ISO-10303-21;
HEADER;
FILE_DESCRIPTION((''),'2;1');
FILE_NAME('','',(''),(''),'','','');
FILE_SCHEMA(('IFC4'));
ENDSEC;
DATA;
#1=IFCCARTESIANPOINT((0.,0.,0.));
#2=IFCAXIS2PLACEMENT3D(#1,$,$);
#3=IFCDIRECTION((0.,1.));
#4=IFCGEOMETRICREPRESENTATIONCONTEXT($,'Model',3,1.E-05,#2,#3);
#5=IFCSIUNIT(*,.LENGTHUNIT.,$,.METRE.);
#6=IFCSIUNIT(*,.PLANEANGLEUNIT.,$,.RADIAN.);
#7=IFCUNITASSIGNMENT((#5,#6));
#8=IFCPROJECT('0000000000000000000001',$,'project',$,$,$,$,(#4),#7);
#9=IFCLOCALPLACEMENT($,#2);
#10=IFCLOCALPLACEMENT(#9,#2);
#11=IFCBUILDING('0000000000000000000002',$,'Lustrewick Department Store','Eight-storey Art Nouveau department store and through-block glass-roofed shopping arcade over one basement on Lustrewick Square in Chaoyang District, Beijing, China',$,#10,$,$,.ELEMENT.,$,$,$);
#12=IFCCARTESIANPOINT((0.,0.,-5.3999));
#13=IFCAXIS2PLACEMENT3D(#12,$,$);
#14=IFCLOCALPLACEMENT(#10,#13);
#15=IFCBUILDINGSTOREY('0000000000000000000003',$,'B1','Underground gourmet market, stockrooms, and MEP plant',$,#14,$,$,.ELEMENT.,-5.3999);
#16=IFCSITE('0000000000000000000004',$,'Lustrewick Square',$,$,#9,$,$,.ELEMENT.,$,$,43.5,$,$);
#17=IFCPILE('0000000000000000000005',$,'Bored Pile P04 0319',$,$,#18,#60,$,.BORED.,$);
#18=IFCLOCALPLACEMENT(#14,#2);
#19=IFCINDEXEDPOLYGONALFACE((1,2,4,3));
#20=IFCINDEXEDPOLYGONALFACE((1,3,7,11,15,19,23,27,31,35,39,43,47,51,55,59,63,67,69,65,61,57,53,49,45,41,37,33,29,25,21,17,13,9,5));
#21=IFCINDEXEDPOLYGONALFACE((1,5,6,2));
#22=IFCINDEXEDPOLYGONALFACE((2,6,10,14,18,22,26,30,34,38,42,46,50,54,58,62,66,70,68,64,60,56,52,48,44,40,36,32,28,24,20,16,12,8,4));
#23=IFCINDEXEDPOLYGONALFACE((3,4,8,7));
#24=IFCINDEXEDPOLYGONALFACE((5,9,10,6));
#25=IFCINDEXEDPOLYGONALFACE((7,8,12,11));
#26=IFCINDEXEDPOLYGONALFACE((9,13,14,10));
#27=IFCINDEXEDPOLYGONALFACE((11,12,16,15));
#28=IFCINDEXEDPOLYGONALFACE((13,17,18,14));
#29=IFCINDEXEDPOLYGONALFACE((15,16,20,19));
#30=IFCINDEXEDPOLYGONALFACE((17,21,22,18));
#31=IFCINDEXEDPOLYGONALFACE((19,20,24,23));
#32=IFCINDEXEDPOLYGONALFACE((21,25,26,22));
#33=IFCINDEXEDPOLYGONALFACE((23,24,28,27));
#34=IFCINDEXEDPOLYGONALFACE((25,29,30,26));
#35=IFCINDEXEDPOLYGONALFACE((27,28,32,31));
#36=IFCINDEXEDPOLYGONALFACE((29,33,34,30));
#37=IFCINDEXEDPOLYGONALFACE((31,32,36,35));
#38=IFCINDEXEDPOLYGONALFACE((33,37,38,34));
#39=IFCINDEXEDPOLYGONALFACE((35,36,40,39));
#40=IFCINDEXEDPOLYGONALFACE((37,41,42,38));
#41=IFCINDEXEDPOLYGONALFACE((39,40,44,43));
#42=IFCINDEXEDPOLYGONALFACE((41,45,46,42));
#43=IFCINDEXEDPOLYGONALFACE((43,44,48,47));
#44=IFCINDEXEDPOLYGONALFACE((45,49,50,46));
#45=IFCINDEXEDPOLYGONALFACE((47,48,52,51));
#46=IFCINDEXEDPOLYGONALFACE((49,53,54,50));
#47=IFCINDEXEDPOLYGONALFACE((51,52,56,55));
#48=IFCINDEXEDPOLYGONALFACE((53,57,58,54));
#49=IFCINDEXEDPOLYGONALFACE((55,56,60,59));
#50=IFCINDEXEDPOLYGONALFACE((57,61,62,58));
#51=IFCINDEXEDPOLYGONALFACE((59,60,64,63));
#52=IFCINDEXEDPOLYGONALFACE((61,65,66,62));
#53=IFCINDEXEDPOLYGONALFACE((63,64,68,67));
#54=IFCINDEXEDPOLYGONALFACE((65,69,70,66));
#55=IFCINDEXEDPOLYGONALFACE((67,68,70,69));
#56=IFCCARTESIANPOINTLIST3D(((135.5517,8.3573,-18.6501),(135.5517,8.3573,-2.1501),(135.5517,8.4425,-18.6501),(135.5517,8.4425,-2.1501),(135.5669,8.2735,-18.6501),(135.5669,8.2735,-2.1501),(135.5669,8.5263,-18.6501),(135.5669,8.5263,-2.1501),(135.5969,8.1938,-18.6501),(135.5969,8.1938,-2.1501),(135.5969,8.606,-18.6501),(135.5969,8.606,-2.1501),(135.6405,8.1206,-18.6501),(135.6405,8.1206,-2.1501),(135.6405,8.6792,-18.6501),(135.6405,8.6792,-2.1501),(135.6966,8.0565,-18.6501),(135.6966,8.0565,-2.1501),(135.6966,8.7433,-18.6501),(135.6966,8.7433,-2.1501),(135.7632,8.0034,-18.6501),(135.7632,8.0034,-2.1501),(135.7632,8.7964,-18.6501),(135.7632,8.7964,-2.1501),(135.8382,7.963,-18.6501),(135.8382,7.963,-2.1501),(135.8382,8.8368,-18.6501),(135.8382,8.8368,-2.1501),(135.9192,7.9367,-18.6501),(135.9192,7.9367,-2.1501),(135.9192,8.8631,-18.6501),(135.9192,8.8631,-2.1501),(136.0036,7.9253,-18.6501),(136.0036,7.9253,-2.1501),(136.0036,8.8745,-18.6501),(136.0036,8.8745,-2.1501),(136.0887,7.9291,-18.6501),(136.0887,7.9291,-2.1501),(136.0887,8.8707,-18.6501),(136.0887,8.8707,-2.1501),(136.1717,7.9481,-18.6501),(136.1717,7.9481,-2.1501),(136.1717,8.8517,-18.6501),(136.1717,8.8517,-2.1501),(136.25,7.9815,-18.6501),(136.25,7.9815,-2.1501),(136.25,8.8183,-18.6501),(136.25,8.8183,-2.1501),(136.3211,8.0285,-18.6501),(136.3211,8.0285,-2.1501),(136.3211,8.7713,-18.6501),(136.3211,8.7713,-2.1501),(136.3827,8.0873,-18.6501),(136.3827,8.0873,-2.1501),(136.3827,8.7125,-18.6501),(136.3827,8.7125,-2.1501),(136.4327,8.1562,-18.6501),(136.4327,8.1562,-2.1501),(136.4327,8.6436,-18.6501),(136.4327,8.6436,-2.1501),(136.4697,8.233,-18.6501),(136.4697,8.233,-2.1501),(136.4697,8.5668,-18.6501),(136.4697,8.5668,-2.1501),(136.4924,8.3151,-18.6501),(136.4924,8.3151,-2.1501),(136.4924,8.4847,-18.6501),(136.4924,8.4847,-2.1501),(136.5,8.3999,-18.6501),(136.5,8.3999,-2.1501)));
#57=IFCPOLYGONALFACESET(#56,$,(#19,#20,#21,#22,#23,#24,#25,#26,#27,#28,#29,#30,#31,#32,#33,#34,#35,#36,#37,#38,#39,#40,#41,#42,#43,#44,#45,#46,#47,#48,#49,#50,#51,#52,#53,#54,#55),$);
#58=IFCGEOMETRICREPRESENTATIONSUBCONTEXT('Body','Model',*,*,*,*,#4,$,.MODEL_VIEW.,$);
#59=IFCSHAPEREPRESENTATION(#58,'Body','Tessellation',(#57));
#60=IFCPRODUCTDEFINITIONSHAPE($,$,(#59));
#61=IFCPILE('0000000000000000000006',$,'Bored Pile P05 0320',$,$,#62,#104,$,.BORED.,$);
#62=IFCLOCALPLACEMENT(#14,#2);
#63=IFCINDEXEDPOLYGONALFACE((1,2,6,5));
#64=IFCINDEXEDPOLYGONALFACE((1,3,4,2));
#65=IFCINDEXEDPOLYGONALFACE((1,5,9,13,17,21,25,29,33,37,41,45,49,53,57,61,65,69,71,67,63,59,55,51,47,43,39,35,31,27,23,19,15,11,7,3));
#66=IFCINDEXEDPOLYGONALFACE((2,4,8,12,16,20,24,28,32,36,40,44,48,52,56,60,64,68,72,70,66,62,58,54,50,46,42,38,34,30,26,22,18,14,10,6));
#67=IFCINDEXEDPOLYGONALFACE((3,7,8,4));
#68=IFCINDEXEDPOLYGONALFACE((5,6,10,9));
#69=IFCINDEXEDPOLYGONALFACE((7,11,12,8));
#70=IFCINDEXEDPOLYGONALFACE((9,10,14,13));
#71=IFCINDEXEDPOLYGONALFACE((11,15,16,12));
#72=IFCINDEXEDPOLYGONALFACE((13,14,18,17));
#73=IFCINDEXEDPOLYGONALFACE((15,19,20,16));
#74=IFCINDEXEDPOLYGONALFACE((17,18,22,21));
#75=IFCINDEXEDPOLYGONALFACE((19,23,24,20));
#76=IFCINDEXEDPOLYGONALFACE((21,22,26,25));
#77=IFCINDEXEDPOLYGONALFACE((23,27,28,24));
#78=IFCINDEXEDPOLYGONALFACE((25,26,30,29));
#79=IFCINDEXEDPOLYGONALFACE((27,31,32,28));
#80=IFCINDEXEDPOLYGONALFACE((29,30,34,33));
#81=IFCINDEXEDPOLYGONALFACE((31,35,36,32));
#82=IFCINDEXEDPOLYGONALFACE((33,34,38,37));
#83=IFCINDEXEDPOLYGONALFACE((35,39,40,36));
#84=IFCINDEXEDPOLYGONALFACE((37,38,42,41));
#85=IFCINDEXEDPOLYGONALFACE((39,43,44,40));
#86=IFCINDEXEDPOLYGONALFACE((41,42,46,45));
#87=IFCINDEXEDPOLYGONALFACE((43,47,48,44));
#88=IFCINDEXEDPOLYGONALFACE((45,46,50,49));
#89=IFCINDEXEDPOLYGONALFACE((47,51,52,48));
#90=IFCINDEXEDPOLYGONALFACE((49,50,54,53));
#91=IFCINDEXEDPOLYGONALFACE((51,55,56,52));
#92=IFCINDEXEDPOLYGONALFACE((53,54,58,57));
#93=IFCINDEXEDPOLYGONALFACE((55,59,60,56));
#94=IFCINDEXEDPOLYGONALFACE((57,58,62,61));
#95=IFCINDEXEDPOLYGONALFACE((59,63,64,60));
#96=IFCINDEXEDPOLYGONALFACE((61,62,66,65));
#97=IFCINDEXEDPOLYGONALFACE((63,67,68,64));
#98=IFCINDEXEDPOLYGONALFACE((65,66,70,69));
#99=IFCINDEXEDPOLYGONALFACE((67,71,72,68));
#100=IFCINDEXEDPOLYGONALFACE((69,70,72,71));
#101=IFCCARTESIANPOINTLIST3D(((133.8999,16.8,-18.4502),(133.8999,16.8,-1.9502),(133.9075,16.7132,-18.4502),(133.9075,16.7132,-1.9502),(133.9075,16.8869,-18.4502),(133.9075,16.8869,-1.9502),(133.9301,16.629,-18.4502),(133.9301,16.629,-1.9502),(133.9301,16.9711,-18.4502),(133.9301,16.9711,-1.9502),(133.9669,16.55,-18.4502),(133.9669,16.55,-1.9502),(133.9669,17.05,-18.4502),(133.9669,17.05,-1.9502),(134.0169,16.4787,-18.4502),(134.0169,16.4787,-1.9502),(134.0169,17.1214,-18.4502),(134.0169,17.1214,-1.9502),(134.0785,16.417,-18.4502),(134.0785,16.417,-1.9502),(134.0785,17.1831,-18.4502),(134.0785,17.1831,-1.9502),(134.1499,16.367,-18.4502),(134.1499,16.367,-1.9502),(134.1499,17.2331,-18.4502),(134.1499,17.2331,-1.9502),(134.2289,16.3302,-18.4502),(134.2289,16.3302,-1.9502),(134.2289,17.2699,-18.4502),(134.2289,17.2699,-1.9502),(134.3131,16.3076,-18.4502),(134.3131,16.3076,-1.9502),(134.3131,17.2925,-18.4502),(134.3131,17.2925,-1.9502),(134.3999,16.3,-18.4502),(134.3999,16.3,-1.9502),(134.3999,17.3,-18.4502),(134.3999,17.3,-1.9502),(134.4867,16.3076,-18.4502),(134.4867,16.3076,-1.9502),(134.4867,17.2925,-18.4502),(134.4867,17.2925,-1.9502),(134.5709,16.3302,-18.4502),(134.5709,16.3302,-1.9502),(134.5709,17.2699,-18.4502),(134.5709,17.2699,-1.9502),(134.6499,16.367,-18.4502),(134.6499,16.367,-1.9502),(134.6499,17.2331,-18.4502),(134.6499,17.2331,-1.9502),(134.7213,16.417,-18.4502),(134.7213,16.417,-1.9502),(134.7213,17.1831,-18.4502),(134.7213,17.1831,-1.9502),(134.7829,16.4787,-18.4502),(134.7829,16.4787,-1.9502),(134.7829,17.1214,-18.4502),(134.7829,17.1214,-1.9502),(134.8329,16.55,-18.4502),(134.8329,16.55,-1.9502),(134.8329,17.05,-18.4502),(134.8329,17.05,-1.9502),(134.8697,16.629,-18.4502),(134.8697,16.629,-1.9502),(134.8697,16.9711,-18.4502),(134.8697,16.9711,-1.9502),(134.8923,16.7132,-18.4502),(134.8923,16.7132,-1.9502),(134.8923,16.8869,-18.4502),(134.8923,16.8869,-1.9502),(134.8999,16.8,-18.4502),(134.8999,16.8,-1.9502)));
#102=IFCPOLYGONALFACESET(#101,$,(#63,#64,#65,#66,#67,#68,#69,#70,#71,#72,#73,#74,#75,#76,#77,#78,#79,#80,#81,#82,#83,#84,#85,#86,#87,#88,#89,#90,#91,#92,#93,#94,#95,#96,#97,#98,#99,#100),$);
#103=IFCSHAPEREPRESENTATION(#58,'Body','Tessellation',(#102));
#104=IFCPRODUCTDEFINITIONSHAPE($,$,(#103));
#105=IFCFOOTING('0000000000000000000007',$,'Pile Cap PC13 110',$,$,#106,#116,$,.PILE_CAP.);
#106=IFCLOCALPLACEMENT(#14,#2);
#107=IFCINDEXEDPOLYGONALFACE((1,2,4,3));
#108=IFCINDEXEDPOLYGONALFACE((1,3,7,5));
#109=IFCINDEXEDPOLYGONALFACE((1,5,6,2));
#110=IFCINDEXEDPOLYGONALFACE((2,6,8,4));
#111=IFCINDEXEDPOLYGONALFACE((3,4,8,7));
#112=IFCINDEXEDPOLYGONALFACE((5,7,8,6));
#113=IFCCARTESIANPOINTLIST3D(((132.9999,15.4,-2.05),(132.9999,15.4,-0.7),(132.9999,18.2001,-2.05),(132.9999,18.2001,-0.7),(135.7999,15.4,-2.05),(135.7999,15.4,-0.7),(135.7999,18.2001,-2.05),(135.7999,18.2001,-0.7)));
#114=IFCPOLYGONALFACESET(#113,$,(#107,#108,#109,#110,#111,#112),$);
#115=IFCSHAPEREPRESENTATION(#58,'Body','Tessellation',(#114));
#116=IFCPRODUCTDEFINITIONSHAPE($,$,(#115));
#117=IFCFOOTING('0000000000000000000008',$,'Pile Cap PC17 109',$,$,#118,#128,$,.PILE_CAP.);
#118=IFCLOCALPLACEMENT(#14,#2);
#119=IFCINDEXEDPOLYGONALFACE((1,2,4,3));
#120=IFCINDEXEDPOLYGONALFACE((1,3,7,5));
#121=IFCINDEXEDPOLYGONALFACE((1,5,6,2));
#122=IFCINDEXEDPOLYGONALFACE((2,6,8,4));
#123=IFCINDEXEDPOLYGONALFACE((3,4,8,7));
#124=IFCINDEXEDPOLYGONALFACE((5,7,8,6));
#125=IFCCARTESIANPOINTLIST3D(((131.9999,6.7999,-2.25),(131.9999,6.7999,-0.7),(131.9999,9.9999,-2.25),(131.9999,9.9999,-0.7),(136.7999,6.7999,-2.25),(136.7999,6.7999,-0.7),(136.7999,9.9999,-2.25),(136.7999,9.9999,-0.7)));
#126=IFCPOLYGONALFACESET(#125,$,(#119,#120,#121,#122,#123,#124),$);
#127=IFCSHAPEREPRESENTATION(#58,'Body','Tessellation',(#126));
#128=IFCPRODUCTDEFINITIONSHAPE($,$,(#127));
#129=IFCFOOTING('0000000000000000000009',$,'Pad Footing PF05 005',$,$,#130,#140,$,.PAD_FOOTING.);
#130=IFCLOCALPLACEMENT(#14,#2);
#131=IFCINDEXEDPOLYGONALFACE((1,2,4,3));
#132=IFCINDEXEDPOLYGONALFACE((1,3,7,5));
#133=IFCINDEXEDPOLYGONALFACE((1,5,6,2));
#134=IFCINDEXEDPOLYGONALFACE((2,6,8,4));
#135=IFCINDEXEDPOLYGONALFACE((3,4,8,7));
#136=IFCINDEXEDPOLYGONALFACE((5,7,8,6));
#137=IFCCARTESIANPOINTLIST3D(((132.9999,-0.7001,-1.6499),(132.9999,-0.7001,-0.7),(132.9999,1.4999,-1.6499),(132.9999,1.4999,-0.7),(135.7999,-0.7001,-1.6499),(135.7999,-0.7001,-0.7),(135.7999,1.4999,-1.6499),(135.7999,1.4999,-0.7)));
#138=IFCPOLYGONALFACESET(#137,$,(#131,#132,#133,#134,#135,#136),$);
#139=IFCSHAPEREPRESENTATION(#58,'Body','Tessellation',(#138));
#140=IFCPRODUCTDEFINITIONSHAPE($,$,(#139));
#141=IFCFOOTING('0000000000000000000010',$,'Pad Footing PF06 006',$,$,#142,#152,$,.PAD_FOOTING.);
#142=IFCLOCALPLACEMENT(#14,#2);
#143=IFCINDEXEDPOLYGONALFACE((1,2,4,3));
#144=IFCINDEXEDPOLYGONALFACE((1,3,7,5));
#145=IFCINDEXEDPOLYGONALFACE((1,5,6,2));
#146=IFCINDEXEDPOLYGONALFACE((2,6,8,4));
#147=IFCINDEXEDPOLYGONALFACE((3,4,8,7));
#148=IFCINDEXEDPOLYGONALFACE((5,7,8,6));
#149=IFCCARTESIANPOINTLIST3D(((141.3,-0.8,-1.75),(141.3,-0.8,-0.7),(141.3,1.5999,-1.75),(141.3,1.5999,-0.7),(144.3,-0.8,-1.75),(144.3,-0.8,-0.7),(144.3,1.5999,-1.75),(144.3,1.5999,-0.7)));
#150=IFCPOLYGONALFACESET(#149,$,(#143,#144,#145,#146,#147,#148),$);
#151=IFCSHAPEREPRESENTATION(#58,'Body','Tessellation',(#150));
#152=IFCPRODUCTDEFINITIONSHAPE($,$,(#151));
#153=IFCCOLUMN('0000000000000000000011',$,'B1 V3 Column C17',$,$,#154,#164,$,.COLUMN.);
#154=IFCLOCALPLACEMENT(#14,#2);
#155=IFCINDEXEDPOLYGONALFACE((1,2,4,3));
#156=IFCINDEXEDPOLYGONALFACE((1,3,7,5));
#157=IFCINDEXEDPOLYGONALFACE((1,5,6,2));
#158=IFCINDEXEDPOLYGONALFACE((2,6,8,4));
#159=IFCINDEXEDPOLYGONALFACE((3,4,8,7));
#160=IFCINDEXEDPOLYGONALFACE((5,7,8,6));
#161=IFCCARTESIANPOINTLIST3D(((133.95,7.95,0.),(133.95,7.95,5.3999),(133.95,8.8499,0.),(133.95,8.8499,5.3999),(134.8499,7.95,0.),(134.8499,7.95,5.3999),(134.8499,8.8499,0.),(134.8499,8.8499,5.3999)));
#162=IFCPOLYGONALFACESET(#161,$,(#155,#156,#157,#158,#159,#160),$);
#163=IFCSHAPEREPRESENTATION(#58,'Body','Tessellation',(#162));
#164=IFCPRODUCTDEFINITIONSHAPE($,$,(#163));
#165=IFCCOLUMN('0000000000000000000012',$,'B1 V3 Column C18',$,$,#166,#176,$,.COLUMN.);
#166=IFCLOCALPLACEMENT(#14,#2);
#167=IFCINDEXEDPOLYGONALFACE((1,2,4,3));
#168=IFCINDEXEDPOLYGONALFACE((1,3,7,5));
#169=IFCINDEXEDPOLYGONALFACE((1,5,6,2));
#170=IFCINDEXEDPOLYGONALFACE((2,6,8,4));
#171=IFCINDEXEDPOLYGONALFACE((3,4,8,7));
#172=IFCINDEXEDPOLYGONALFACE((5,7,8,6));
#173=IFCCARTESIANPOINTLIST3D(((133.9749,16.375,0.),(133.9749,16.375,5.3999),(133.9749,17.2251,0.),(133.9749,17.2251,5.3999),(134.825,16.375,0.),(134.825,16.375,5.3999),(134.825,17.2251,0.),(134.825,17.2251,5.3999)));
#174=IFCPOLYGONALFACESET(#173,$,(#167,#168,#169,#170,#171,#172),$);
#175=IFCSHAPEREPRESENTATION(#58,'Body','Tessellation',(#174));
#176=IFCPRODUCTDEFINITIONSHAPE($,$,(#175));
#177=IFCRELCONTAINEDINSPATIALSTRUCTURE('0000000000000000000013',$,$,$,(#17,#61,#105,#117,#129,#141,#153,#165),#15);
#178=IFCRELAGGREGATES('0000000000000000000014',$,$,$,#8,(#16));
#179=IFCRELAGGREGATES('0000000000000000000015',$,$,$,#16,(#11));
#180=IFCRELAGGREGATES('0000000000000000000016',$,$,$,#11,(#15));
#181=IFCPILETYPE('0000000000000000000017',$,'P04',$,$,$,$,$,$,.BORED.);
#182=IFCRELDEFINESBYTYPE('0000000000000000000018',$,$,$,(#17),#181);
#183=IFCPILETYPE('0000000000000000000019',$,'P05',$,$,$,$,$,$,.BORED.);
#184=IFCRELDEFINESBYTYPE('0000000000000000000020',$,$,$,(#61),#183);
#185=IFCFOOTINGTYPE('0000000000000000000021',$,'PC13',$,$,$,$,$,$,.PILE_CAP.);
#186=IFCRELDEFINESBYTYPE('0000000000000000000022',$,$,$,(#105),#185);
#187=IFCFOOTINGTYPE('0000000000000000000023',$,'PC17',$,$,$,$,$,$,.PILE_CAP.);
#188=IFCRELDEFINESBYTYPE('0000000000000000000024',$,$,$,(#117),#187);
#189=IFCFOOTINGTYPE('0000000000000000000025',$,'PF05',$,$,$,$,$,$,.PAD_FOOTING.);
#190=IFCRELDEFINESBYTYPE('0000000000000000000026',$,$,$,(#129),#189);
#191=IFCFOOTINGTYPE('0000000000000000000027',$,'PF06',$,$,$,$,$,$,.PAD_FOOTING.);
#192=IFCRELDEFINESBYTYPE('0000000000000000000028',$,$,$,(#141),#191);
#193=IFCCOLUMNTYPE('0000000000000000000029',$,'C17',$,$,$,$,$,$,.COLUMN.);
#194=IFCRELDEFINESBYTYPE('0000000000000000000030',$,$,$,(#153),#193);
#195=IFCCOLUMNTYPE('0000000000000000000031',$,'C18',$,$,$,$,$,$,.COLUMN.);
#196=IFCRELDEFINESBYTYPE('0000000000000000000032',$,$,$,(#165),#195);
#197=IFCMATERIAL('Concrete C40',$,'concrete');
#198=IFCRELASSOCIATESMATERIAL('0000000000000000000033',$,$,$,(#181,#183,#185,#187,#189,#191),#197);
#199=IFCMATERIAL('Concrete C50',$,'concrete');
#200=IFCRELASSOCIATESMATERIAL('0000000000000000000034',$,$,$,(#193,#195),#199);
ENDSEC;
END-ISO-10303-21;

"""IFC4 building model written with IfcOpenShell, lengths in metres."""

from ifc_helpers import new_model, si_unit, direction, frame, origin, origin_2d, place, context, subcontext, project, spatial, rectangle, circle, extrude, material, material_profile, profile_set, type_object, element, save


model = new_model("IFC4")

# Units and contexts
model_context = context("Model", 3, precision=1e-05, world=origin(), true_north=direction((0.0, 1.0)))
body_context = subcontext(model_context, "Body", "Model", "MODEL_VIEW")
ifc_project = project(units=[si_unit("LENGTHUNIT", "METRE"), si_unit("PLANEANGLEUNIT", "RADIAN")], contexts=[model_context])

# Site, building, storey
site_placement = place(None, origin())
site = spatial("IfcSite", under=ifc_project, at=site_placement, Name="Lustrewick Square", CompositionType="ELEMENT", RefElevation=43.5)
building_placement = place(site_placement, origin())
building = spatial("IfcBuilding", under=site, at=building_placement, Name="Lustrewick Department Store", Description="Eight-storey Art Nouveau department store and through-block glass-roofed shopping arcade over one basement on Lustrewick Square in Chaoyang District, Beijing, China", CompositionType="ELEMENT")
storey_placement = place(building_placement, frame((0.0, 0.0, -5.3999)))
storey = spatial("IfcBuildingStorey", under=building, at=storey_placement, Name="B1", Description="Underground gourmet market, stockrooms, and MEP plant", CompositionType="ELEMENT", Elevation=-5.3999)

# Piles
ifc_material_1 = material(Name="Concrete C40", Category="concrete")
ifc_material_profile_1 = material_profile(ifc_material_1, circle(Radius=0.4751, at=origin_2d()), Name="PILE D950")
ifc_profile_set_1 = profile_set([ifc_material_profile_1], Name="Concrete C40")
pile_type_1 = type_object("IfcPileType", Name="P04", PredefinedType="BORED", material=ifc_profile_set_1)
for number, where, z_axis, x_axis, name in (
    (1, (136.0249, 8.3999, -2.1501), (0.0, 0.0, -1.0), (1.0, 0.0, 0.0), "Bored Pile P04 0319"),
):
    element("IfcPile", number, at=place(storey_placement, frame(where, z_axis=z_axis, x_axis=x_axis)), inside=storey, type_object=pile_type_1, Name=name, PredefinedType="BORED", context=body_context, shape_type="SweptSolid", body=[
        extrude(circle(Radius=0.4751, at=origin_2d()), origin(), (0.0, 0.0, 1.0), 16.5),
    ])
ifc_material_profile_2 = material_profile(ifc_material_1, circle(Radius=0.5, at=origin_2d()), Name="PILE D1000")
ifc_profile_set_2 = profile_set([ifc_material_profile_2], Name="Concrete C40")
pile_type_2 = type_object("IfcPileType", Name="P05", PredefinedType="BORED", material=ifc_profile_set_2)
pile_1_placement = place(storey_placement, frame((134.3999, 16.8, -1.9502), z_axis=(0.0, 0.0, -1.0), x_axis=(1.0, 0.0, 0.0)))
element("IfcPile", 2, at=pile_1_placement, inside=storey, type_object=pile_type_2, Name="Bored Pile P05 0320", PredefinedType="BORED", context=body_context, shape_type="SweptSolid", body=[
    extrude(circle(Radius=0.5, at=origin_2d()), origin(), (0.0, 0.0, 1.0), 16.5),
])

# Footings
footing_type_1 = type_object("IfcFootingType", Name="PC13", PredefinedType="PILE_CAP", material=ifc_material_1)
footing_1_placement = place(storey_placement, frame((134.3999, 16.8, -2.05), z_axis=(0.0, 0.0, 1.0), x_axis=(1.0, 0.0, 0.0)))
element("IfcFooting", 3, at=footing_1_placement, inside=storey, type_object=footing_type_1, Name="Pile Cap PC13 110", PredefinedType="PILE_CAP", context=body_context, shape_type="SweptSolid", body=[
    extrude(rectangle(XDim=2.8, YDim=2.8, at=origin_2d()), origin(), (0.0, 0.0, 1.0), 1.3501),
])
footing_type_2 = type_object("IfcFootingType", Name="PC17", PredefinedType="PILE_CAP", material=ifc_material_1)
footing_2_placement = place(storey_placement, frame((134.3999, 8.3999, -2.25), z_axis=(0.0, 0.0, 1.0), x_axis=(1.0, 0.0, 0.0)))
element("IfcFooting", 4, at=footing_2_placement, inside=storey, type_object=footing_type_2, Name="Pile Cap PC17 109", PredefinedType="PILE_CAP", context=body_context, shape_type="SweptSolid", body=[
    extrude(rectangle(XDim=4.8, YDim=3.2, at=origin_2d()), origin(), (0.0, 0.0, 1.0), 1.55),
])
footing_type_3 = type_object("IfcFootingType", Name="PF05", PredefinedType="PAD_FOOTING", material=ifc_material_1)
footing_3_placement = place(storey_placement, frame((134.3999, 0.3999, -1.6499), z_axis=(0.0, 0.0, 1.0), x_axis=(1.0, 0.0, 0.0)))
element("IfcFooting", 5, at=footing_3_placement, inside=storey, type_object=footing_type_3, Name="Pad Footing PF05 005", PredefinedType="PAD_FOOTING", context=body_context, shape_type="SweptSolid", body=[
    extrude(rectangle(XDim=2.8, YDim=2.2, at=origin_2d()), origin(), (0.0, 0.0, 1.0), 0.95),
])
footing_type_4 = type_object("IfcFootingType", Name="PF06", PredefinedType="PAD_FOOTING", material=ifc_material_1)
footing_4_placement = place(storey_placement, frame((142.8, 0.3999, -1.75), z_axis=(0.0, 0.0, 1.0), x_axis=(1.0, 0.0, 0.0)))
element("IfcFooting", 6, at=footing_4_placement, inside=storey, type_object=footing_type_4, Name="Pad Footing PF06 006", PredefinedType="PAD_FOOTING", context=body_context, shape_type="SweptSolid", body=[
    extrude(rectangle(XDim=3.0, YDim=2.3999, at=origin_2d()), origin(), (0.0, 0.0, 1.0), 1.05),
])

# Columns
ifc_material_2 = material(Name="Concrete C50", Category="concrete")
ifc_material_profile_3 = material_profile(ifc_material_2, rectangle(XDim=0.8999, YDim=0.8999, at=origin_2d()), Name="RC 900x900")
ifc_profile_set_3 = profile_set([ifc_material_profile_3], Name="Concrete C50")
column_type_1 = type_object("IfcColumnType", Name="C17", PredefinedType="COLUMN", material=ifc_profile_set_3)
column_1_placement = place(storey_placement, frame((134.3999, 8.3999, 0.0), z_axis=(0.0, 0.0, 1.0), x_axis=(1.0, 0.0, 0.0)))
element("IfcColumn", 7, at=column_1_placement, inside=storey, type_object=column_type_1, Name="B1 V3 Column C17", PredefinedType="COLUMN", context=body_context, shape_type="SweptSolid", body=[
    extrude(rectangle(XDim=0.8999, YDim=0.8999, at=origin_2d()), origin(), (0.0, 0.0, 1.0), 5.3999),
])
ifc_material_profile_4 = material_profile(ifc_material_2, rectangle(XDim=0.8501, YDim=0.8501, at=origin_2d()), Name="RC 850x850")
ifc_profile_set_4 = profile_set([ifc_material_profile_4], Name="Concrete C50")
column_type_2 = type_object("IfcColumnType", Name="C18", PredefinedType="COLUMN", material=ifc_profile_set_4)
column_2_placement = place(storey_placement, frame((134.3999, 16.8, 0.0), z_axis=(0.0, 0.0, 1.0), x_axis=(1.0, 0.0, 0.0)))
element("IfcColumn", 8, at=column_2_placement, inside=storey, type_object=column_type_2, Name="B1 V3 Column C18", PredefinedType="COLUMN", context=body_context, shape_type="SweptSolid", body=[
    extrude(rectangle(XDim=0.8501, YDim=0.8501, at=origin_2d()), origin(), (0.0, 0.0, 1.0), 5.3999),
])

save(model, "model.ifc")
